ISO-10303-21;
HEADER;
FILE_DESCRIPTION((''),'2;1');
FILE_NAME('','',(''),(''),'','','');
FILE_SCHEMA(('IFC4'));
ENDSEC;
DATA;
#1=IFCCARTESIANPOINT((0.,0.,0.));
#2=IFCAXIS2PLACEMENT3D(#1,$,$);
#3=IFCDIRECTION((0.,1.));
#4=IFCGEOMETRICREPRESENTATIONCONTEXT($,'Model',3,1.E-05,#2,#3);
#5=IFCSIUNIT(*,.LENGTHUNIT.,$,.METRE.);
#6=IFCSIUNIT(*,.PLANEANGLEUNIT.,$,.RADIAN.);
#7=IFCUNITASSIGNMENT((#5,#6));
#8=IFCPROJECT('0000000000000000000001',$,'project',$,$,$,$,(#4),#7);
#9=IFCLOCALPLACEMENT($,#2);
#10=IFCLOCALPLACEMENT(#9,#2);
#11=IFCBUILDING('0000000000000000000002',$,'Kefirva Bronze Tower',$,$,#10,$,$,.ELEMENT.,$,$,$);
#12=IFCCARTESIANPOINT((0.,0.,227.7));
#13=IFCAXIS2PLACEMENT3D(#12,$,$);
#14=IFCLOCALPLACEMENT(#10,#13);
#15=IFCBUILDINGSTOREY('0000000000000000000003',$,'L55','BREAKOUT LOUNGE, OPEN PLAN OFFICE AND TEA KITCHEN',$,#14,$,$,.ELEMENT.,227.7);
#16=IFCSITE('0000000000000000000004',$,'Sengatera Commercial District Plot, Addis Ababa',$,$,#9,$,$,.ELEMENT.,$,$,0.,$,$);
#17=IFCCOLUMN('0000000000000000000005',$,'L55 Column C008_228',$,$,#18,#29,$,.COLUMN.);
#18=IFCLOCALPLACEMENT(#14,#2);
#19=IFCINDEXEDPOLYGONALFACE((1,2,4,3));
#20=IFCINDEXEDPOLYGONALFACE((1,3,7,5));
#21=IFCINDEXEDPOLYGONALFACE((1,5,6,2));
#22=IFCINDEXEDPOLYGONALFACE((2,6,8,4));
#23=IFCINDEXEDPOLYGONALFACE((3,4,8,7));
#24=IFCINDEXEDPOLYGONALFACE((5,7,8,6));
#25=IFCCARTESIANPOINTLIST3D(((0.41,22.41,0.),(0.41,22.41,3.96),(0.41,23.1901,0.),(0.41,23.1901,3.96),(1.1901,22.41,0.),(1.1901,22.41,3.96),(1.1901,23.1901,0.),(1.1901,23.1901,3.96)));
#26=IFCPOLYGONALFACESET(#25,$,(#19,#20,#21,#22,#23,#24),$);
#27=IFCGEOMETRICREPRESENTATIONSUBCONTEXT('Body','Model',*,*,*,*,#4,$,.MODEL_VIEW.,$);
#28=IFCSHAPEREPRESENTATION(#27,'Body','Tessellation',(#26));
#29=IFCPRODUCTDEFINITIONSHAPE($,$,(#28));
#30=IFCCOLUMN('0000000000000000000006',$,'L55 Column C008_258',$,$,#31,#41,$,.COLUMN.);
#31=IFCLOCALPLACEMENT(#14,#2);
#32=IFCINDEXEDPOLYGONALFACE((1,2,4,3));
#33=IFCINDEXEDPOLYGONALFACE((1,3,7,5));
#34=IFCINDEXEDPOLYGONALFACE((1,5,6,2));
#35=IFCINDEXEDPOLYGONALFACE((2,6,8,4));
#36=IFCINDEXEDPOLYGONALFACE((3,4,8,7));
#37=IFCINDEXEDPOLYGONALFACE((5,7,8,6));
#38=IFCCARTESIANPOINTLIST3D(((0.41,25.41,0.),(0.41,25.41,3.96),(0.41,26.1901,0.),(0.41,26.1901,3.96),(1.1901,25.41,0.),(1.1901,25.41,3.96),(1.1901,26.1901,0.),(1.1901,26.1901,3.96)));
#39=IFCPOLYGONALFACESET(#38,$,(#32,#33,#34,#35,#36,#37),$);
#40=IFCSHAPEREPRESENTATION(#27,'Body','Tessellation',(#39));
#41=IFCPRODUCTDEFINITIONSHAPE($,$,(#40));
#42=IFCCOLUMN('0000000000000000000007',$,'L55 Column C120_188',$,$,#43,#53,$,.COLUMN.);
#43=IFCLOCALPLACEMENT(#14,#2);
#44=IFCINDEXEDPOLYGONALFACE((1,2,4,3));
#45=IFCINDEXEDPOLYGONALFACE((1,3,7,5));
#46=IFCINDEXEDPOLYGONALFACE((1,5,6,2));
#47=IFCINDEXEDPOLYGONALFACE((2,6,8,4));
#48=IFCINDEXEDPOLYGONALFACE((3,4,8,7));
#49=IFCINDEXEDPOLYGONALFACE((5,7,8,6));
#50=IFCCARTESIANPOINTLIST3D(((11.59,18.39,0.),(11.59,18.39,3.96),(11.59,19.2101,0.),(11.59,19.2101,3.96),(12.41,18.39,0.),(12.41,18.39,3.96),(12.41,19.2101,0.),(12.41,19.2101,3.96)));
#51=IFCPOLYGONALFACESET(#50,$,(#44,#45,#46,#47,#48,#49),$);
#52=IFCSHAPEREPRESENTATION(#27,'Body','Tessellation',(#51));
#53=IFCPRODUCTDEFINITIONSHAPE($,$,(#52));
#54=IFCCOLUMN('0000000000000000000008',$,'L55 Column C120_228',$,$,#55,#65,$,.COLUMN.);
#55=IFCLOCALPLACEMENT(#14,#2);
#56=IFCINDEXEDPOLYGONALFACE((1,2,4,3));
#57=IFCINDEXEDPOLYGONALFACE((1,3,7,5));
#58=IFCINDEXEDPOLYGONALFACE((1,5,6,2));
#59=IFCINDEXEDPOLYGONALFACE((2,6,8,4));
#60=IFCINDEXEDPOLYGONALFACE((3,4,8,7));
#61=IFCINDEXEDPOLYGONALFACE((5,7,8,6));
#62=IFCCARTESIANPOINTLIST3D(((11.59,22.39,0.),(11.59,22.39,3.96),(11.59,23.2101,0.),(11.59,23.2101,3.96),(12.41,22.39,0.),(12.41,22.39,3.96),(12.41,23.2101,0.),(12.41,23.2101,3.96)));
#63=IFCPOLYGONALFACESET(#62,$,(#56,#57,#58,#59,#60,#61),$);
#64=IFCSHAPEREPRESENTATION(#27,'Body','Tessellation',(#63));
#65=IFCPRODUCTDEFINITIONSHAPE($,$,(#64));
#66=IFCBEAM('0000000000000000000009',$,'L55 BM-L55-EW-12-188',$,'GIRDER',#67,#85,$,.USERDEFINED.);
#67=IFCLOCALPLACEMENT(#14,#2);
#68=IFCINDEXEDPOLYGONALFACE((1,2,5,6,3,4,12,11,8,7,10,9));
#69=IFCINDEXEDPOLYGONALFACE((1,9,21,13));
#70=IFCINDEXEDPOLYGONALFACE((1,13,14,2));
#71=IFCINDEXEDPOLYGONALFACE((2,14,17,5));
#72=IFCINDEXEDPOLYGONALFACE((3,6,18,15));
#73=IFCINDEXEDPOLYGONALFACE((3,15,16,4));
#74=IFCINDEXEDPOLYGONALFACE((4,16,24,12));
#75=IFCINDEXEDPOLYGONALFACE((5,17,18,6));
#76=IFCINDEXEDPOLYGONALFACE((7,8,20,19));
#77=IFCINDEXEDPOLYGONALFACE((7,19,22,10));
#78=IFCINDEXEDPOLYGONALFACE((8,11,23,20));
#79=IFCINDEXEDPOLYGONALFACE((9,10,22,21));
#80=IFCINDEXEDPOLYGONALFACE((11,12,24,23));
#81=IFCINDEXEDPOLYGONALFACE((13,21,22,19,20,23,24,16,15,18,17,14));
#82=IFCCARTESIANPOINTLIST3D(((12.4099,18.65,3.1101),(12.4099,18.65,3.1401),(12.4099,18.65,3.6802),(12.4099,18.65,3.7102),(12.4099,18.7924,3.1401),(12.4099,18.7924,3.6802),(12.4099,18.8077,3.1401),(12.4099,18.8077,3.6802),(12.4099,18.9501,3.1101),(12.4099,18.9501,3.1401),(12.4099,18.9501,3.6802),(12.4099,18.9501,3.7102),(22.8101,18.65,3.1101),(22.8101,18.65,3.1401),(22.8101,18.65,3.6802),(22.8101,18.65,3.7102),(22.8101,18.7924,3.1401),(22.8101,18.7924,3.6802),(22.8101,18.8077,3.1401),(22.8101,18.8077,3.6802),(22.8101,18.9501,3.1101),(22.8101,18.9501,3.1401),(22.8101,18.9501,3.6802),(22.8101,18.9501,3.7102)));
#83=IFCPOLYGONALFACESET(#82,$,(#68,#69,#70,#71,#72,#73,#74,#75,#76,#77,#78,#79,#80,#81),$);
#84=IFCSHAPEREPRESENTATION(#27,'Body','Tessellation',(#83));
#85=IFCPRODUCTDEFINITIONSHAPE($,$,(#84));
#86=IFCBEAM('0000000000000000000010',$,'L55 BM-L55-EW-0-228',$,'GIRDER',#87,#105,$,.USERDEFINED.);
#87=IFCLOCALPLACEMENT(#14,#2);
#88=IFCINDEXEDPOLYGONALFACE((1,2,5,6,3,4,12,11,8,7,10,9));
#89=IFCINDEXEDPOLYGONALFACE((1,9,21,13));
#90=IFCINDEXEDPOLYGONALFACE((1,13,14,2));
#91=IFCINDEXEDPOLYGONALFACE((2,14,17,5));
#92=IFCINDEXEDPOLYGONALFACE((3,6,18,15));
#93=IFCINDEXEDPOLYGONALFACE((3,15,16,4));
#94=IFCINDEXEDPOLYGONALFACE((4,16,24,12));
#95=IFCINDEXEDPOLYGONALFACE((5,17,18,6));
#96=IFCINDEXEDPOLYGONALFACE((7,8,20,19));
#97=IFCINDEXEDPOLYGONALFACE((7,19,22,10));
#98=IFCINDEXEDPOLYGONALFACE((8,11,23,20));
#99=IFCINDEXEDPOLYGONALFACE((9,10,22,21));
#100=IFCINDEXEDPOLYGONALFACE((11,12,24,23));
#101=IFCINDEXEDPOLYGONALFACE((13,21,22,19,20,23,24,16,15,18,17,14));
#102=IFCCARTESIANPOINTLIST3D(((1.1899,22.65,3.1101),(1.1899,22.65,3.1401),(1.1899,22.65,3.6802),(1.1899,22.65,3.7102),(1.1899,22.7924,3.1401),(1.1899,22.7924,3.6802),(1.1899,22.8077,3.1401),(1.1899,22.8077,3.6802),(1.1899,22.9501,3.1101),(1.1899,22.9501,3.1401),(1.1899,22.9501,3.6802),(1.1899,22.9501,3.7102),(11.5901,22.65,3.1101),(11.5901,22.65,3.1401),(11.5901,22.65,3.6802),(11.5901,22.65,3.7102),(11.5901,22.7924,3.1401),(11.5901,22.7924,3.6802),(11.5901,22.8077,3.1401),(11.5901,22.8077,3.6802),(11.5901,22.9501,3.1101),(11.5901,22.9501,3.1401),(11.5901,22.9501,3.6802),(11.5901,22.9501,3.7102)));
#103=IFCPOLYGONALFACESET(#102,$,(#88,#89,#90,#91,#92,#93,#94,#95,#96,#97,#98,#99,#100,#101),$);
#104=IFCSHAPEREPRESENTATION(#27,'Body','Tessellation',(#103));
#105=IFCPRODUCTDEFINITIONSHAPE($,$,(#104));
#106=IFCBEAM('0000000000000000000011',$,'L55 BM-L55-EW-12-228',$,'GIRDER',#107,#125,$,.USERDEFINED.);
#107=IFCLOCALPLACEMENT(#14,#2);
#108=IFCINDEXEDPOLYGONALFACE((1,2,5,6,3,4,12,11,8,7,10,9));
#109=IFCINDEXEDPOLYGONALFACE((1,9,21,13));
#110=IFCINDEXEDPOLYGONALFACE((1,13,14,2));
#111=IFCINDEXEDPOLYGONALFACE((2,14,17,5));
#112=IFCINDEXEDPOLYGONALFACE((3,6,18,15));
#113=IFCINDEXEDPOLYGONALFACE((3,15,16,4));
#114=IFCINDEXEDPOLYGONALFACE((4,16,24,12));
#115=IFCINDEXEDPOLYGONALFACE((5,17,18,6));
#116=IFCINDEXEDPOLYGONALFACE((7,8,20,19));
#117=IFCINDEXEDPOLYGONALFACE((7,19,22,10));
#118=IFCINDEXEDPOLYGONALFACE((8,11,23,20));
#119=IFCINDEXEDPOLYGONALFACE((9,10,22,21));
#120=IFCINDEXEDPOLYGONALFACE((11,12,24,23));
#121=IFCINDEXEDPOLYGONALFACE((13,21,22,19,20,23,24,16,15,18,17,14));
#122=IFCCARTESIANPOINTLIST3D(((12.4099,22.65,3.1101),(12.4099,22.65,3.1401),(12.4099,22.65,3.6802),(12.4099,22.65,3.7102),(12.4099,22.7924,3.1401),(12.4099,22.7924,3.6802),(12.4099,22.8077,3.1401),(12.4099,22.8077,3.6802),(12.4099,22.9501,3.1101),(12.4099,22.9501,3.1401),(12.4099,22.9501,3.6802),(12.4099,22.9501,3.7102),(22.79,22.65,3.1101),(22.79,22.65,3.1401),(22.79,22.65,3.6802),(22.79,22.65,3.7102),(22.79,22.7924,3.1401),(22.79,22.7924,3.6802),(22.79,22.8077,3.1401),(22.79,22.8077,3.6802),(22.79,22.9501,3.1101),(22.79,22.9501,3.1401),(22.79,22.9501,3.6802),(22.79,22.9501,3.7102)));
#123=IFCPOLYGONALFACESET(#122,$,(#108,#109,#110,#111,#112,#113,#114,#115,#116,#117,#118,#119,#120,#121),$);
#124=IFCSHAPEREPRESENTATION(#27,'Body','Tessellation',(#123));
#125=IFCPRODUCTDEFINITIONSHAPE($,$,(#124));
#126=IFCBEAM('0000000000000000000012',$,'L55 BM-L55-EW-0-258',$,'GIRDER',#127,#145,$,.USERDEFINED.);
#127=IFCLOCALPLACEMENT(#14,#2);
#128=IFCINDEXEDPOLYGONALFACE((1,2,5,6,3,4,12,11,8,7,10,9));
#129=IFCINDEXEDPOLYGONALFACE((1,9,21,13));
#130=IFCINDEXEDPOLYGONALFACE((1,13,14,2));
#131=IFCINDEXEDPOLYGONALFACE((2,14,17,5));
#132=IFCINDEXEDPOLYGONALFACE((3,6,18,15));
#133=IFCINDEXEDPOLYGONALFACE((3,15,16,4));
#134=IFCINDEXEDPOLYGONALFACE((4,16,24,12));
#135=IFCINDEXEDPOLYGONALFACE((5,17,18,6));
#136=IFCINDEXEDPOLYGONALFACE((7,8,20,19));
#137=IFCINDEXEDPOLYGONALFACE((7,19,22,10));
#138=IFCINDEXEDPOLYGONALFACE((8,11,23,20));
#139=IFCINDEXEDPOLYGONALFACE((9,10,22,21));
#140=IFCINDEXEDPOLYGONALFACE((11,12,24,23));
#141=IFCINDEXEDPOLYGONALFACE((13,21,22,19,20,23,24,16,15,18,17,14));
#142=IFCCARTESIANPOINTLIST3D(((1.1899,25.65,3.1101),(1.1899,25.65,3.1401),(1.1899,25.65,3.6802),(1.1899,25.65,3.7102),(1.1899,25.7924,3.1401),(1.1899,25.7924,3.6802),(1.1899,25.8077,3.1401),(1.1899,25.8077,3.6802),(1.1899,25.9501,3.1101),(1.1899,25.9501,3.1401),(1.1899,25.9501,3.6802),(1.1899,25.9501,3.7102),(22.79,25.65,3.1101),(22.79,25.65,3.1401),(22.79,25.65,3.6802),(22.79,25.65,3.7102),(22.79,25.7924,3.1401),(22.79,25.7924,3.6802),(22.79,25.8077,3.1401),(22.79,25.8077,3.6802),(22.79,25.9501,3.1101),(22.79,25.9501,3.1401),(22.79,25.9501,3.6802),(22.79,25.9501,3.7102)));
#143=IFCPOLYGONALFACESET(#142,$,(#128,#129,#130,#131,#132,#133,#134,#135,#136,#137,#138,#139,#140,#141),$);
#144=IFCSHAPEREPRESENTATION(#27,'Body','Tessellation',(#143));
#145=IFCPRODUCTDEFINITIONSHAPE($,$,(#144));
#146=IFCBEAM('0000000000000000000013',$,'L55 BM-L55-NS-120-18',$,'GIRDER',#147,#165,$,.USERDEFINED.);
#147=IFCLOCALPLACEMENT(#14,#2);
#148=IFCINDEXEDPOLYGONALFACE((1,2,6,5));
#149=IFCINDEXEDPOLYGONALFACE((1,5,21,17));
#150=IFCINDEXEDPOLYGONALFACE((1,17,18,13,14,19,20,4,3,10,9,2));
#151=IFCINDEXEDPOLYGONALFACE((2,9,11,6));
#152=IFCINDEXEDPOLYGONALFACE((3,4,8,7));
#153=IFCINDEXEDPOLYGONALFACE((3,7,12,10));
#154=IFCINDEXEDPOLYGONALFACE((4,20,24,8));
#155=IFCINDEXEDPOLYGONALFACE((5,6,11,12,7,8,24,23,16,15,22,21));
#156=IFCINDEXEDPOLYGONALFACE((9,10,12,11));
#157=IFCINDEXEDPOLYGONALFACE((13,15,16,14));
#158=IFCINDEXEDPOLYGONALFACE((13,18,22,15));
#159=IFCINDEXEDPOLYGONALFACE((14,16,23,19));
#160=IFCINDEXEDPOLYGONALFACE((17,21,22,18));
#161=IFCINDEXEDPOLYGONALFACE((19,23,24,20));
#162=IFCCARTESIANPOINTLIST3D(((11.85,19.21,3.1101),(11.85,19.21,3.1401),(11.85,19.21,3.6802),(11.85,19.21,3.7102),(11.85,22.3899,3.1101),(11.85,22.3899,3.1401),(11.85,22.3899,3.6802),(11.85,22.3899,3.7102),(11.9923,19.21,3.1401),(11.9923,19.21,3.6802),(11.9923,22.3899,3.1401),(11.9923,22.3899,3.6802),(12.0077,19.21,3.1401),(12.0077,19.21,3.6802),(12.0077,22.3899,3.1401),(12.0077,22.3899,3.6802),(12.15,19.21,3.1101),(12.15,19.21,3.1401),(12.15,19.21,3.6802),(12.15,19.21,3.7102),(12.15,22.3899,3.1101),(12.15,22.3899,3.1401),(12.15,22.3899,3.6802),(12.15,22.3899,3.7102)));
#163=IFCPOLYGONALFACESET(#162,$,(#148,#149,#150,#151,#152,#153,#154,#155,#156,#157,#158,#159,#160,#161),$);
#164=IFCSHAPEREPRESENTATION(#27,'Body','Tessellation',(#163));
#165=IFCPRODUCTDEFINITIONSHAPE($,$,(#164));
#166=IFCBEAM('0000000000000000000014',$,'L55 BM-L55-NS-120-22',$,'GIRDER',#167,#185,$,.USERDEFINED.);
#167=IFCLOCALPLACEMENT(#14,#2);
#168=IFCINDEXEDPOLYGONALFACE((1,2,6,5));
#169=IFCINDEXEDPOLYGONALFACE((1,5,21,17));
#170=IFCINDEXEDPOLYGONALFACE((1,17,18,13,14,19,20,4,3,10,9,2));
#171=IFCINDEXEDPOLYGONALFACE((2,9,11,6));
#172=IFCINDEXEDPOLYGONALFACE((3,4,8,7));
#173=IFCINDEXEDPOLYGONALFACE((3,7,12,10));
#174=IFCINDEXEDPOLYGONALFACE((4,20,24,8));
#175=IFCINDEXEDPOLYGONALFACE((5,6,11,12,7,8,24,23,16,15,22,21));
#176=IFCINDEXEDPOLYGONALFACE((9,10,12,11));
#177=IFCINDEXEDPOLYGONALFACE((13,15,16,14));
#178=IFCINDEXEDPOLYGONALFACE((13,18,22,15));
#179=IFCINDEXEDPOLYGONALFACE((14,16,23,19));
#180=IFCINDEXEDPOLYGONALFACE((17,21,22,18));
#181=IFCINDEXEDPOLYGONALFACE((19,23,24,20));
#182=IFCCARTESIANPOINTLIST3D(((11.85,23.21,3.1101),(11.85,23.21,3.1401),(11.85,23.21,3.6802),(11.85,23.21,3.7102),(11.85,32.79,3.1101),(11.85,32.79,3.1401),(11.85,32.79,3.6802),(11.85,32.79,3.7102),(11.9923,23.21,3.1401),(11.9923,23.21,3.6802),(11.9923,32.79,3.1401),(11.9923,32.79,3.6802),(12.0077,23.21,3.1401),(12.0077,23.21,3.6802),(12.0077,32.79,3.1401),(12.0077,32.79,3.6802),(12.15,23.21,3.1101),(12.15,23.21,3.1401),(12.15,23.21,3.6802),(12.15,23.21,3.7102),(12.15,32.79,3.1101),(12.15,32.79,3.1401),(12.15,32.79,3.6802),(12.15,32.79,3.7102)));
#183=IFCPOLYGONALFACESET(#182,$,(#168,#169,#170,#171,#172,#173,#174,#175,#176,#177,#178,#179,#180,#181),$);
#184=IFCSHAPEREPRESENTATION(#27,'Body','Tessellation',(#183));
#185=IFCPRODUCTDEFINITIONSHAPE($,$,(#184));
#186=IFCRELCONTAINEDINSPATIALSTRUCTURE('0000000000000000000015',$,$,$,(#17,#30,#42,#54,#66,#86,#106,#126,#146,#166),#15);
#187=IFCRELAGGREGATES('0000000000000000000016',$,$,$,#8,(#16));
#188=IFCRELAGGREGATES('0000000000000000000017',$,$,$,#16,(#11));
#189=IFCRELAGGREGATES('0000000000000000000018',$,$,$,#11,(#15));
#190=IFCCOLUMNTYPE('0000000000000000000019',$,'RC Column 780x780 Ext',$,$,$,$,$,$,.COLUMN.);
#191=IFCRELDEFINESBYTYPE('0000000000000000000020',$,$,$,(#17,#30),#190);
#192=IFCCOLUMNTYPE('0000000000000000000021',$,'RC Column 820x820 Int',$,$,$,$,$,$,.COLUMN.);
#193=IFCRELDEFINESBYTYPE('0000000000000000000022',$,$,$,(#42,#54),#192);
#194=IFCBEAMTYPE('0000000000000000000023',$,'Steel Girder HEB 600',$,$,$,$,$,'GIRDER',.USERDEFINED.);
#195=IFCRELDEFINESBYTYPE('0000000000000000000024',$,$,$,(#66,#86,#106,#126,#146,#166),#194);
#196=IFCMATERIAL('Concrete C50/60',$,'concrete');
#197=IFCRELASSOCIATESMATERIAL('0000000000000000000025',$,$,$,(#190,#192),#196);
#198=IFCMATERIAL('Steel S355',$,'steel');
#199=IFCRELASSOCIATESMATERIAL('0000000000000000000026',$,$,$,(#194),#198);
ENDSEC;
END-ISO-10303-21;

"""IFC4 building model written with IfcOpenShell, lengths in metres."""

from ifc_helpers import new_model, si_unit, direction, frame, origin, origin_2d, place, context, subcontext, project, spatial, rectangle, i_section, extrude, material, material_profile, profile_set, type_object, element, save


model = new_model("IFC4")

# Units and contexts
model_context = context("Model", 3, precision=1e-05, world=origin(), true_north=direction((0.0, 1.0)))
body_context = subcontext(model_context, "Body", "Model", "MODEL_VIEW")
ifc_project = project(units=[si_unit("LENGTHUNIT", "METRE"), si_unit("PLANEANGLEUNIT", "RADIAN")], contexts=[model_context])

# Site, building, storey
site_placement = place(None, origin())
site = spatial("IfcSite", under=ifc_project, at=site_placement, Name="Sengatera Commercial District Plot, Addis Ababa", CompositionType="ELEMENT", RefElevation=0.0)
building_placement = place(site_placement, origin())
building = spatial("IfcBuilding", under=site, at=building_placement, Name="Kefirva Bronze Tower", CompositionType="ELEMENT")
storey_placement = place(building_placement, frame((0.0, 0.0, 227.7)))
storey = spatial("IfcBuildingStorey", under=building, at=storey_placement, Name="L55", Description="BREAKOUT LOUNGE, OPEN PLAN OFFICE AND TEA KITCHEN", CompositionType="ELEMENT", Elevation=227.7)

# Columns
ifc_material_1 = material(Name="Concrete C50/60", Category="concrete")
ifc_material_profile_1 = material_profile(ifc_material_1, rectangle(XDim=0.78, YDim=0.78, at=origin_2d()), Name="RC 780x780")
ifc_profile_set_1 = profile_set([ifc_material_profile_1], Name="Concrete C50/60")
column_type_1 = type_object("IfcColumnType", Name="RC Column 780x780 Ext", PredefinedType="COLUMN", material=ifc_profile_set_1)
for number, where, z_axis, x_axis, name in (
    (1, (0.8, 22.8, 0.0), (0.0, 0.0, 1.0), (1.0, 0.0, 0.0), "L55 Column C008_228"),
    (2, (0.8, 25.8, 0.0), (0.0, 0.0, 1.0), (1.0, 0.0, 0.0), "L55 Column C008_258"),
):
    element("IfcColumn", number, at=place(storey_placement, frame(where, z_axis=z_axis, x_axis=x_axis)), inside=storey, type_object=column_type_1, Name=name, PredefinedType="COLUMN", context=body_context, shape_type="SweptSolid", body=[
        extrude(rectangle(XDim=0.78, YDim=0.78, at=origin_2d()), origin(), (0.0, 0.0, 1.0), 3.96),
    ])
ifc_material_profile_2 = material_profile(ifc_material_1, rectangle(XDim=0.8201, YDim=0.8201, at=origin_2d()), Name="RC 820x820")
ifc_profile_set_2 = profile_set([ifc_material_profile_2], Name="Concrete C50/60")
column_type_2 = type_object("IfcColumnType", Name="RC Column 820x820 Int", PredefinedType="COLUMN", material=ifc_profile_set_2)
for number, where, z_axis, x_axis, name in (
    (3, (12.0, 18.8, 0.0), (0.0, 0.0, 1.0), (1.0, 0.0, 0.0), "L55 Column C120_188"),
    (4, (12.0, 22.8, 0.0), (0.0, 0.0, 1.0), (1.0, 0.0, 0.0), "L55 Column C120_228"),
):
    element("IfcColumn", number, at=place(storey_placement, frame(where, z_axis=z_axis, x_axis=x_axis)), inside=storey, type_object=column_type_2, Name=name, PredefinedType="COLUMN", context=body_context, shape_type="SweptSolid", body=[
        extrude(rectangle(XDim=0.8201, YDim=0.8201, at=origin_2d()), origin(), (0.0, 0.0, 1.0), 3.96),
    ])

# Beams
ifc_material_2 = material(Name="Steel S355", Category="steel")
ifc_material_profile_3 = material_profile(ifc_material_2, i_section(OverallWidth=0.3, OverallDepth=0.6001, WebThickness=0.0154, FlangeThickness=0.03, at=origin_2d()), Name="HEB 600")
ifc_profile_set_3 = profile_set([ifc_material_profile_3], Name="Steel S355")
beam_type_1 = type_object("IfcBeamType", Name="Steel Girder HEB 600", ElementType="GIRDER", PredefinedType="USERDEFINED", material=ifc_profile_set_3)
for number, where, z_axis, x_axis, name in (
    (5, (12.4099, 18.8, 3.4102), (1.0, 0.0, 0.0), (0.0, 1.0, 0.0), "L55 BM-L55-EW-12-188"),
    (6, (1.1899, 22.8, 3.4102), (1.0, 0.0, 0.0), (0.0, 1.0, 0.0), "L55 BM-L55-EW-0-228"),
):
    element("IfcBeam", number, at=place(storey_placement, frame(where, z_axis=z_axis, x_axis=x_axis)), inside=storey, type_object=beam_type_1, Name=name, ObjectType="GIRDER", PredefinedType="USERDEFINED", context=body_context, shape_type="SweptSolid", body=[
        extrude(i_section(OverallWidth=0.3, OverallDepth=0.6001, WebThickness=0.0154, FlangeThickness=0.03, at=origin_2d()), origin(), (0.0, 0.0, 1.0), 10.4001),
    ])
beam_1_placement = place(storey_placement, frame((12.4099, 22.8, 3.4102), z_axis=(1.0, 0.0, 0.0), x_axis=(0.0, 1.0, 0.0)))
element("IfcBeam", 7, at=beam_1_placement, inside=storey, type_object=beam_type_1, Name="L55 BM-L55-EW-12-228", ObjectType="GIRDER", PredefinedType="USERDEFINED", context=body_context, shape_type="SweptSolid", body=[
    extrude(i_section(OverallWidth=0.3, OverallDepth=0.6001, WebThickness=0.0154, FlangeThickness=0.03, at=origin_2d()), origin(), (0.0, 0.0, 1.0), 10.3801),
])
beam_2_placement = place(storey_placement, frame((1.1899, 25.8, 3.4102), z_axis=(1.0, 0.0, 0.0), x_axis=(0.0, 1.0, 0.0)))
element("IfcBeam", 8, at=beam_2_placement, inside=storey, type_object=beam_type_1, Name="L55 BM-L55-EW-0-258", ObjectType="GIRDER", PredefinedType="USERDEFINED", context=body_context, shape_type="SweptSolid", body=[
    extrude(i_section(OverallWidth=0.3, OverallDepth=0.6001, WebThickness=0.0154, FlangeThickness=0.03, at=origin_2d()), origin(), (0.0, 0.0, 1.0), 21.6001),
])
beam_3_placement = place(storey_placement, frame((12.0, 19.21, 3.4102), z_axis=(0.0, 1.0, 0.0), x_axis=(-1.0, 0.0, 0.0)))
element("IfcBeam", 9, at=beam_3_placement, inside=storey, type_object=beam_type_1, Name="L55 BM-L55-NS-120-18", ObjectType="GIRDER", PredefinedType="USERDEFINED", context=body_context, shape_type="SweptSolid", body=[
    extrude(i_section(OverallWidth=0.3, OverallDepth=0.6001, WebThickness=0.0154, FlangeThickness=0.03, at=origin_2d()), origin(), (0.0, 0.0, 1.0), 3.1799),
])
beam_4_placement = place(storey_placement, frame((12.0, 23.21, 3.4102), z_axis=(0.0, 1.0, 0.0), x_axis=(-1.0, 0.0, 0.0)))
element("IfcBeam", 10, at=beam_4_placement, inside=storey, type_object=beam_type_1, Name="L55 BM-L55-NS-120-22", ObjectType="GIRDER", PredefinedType="USERDEFINED", context=body_context, shape_type="SweptSolid", body=[
    extrude(i_section(OverallWidth=0.3, OverallDepth=0.6001, WebThickness=0.0154, FlangeThickness=0.03, at=origin_2d()), origin(), (0.0, 0.0, 1.0), 9.5801),
])

save(model, "model.ifc")
